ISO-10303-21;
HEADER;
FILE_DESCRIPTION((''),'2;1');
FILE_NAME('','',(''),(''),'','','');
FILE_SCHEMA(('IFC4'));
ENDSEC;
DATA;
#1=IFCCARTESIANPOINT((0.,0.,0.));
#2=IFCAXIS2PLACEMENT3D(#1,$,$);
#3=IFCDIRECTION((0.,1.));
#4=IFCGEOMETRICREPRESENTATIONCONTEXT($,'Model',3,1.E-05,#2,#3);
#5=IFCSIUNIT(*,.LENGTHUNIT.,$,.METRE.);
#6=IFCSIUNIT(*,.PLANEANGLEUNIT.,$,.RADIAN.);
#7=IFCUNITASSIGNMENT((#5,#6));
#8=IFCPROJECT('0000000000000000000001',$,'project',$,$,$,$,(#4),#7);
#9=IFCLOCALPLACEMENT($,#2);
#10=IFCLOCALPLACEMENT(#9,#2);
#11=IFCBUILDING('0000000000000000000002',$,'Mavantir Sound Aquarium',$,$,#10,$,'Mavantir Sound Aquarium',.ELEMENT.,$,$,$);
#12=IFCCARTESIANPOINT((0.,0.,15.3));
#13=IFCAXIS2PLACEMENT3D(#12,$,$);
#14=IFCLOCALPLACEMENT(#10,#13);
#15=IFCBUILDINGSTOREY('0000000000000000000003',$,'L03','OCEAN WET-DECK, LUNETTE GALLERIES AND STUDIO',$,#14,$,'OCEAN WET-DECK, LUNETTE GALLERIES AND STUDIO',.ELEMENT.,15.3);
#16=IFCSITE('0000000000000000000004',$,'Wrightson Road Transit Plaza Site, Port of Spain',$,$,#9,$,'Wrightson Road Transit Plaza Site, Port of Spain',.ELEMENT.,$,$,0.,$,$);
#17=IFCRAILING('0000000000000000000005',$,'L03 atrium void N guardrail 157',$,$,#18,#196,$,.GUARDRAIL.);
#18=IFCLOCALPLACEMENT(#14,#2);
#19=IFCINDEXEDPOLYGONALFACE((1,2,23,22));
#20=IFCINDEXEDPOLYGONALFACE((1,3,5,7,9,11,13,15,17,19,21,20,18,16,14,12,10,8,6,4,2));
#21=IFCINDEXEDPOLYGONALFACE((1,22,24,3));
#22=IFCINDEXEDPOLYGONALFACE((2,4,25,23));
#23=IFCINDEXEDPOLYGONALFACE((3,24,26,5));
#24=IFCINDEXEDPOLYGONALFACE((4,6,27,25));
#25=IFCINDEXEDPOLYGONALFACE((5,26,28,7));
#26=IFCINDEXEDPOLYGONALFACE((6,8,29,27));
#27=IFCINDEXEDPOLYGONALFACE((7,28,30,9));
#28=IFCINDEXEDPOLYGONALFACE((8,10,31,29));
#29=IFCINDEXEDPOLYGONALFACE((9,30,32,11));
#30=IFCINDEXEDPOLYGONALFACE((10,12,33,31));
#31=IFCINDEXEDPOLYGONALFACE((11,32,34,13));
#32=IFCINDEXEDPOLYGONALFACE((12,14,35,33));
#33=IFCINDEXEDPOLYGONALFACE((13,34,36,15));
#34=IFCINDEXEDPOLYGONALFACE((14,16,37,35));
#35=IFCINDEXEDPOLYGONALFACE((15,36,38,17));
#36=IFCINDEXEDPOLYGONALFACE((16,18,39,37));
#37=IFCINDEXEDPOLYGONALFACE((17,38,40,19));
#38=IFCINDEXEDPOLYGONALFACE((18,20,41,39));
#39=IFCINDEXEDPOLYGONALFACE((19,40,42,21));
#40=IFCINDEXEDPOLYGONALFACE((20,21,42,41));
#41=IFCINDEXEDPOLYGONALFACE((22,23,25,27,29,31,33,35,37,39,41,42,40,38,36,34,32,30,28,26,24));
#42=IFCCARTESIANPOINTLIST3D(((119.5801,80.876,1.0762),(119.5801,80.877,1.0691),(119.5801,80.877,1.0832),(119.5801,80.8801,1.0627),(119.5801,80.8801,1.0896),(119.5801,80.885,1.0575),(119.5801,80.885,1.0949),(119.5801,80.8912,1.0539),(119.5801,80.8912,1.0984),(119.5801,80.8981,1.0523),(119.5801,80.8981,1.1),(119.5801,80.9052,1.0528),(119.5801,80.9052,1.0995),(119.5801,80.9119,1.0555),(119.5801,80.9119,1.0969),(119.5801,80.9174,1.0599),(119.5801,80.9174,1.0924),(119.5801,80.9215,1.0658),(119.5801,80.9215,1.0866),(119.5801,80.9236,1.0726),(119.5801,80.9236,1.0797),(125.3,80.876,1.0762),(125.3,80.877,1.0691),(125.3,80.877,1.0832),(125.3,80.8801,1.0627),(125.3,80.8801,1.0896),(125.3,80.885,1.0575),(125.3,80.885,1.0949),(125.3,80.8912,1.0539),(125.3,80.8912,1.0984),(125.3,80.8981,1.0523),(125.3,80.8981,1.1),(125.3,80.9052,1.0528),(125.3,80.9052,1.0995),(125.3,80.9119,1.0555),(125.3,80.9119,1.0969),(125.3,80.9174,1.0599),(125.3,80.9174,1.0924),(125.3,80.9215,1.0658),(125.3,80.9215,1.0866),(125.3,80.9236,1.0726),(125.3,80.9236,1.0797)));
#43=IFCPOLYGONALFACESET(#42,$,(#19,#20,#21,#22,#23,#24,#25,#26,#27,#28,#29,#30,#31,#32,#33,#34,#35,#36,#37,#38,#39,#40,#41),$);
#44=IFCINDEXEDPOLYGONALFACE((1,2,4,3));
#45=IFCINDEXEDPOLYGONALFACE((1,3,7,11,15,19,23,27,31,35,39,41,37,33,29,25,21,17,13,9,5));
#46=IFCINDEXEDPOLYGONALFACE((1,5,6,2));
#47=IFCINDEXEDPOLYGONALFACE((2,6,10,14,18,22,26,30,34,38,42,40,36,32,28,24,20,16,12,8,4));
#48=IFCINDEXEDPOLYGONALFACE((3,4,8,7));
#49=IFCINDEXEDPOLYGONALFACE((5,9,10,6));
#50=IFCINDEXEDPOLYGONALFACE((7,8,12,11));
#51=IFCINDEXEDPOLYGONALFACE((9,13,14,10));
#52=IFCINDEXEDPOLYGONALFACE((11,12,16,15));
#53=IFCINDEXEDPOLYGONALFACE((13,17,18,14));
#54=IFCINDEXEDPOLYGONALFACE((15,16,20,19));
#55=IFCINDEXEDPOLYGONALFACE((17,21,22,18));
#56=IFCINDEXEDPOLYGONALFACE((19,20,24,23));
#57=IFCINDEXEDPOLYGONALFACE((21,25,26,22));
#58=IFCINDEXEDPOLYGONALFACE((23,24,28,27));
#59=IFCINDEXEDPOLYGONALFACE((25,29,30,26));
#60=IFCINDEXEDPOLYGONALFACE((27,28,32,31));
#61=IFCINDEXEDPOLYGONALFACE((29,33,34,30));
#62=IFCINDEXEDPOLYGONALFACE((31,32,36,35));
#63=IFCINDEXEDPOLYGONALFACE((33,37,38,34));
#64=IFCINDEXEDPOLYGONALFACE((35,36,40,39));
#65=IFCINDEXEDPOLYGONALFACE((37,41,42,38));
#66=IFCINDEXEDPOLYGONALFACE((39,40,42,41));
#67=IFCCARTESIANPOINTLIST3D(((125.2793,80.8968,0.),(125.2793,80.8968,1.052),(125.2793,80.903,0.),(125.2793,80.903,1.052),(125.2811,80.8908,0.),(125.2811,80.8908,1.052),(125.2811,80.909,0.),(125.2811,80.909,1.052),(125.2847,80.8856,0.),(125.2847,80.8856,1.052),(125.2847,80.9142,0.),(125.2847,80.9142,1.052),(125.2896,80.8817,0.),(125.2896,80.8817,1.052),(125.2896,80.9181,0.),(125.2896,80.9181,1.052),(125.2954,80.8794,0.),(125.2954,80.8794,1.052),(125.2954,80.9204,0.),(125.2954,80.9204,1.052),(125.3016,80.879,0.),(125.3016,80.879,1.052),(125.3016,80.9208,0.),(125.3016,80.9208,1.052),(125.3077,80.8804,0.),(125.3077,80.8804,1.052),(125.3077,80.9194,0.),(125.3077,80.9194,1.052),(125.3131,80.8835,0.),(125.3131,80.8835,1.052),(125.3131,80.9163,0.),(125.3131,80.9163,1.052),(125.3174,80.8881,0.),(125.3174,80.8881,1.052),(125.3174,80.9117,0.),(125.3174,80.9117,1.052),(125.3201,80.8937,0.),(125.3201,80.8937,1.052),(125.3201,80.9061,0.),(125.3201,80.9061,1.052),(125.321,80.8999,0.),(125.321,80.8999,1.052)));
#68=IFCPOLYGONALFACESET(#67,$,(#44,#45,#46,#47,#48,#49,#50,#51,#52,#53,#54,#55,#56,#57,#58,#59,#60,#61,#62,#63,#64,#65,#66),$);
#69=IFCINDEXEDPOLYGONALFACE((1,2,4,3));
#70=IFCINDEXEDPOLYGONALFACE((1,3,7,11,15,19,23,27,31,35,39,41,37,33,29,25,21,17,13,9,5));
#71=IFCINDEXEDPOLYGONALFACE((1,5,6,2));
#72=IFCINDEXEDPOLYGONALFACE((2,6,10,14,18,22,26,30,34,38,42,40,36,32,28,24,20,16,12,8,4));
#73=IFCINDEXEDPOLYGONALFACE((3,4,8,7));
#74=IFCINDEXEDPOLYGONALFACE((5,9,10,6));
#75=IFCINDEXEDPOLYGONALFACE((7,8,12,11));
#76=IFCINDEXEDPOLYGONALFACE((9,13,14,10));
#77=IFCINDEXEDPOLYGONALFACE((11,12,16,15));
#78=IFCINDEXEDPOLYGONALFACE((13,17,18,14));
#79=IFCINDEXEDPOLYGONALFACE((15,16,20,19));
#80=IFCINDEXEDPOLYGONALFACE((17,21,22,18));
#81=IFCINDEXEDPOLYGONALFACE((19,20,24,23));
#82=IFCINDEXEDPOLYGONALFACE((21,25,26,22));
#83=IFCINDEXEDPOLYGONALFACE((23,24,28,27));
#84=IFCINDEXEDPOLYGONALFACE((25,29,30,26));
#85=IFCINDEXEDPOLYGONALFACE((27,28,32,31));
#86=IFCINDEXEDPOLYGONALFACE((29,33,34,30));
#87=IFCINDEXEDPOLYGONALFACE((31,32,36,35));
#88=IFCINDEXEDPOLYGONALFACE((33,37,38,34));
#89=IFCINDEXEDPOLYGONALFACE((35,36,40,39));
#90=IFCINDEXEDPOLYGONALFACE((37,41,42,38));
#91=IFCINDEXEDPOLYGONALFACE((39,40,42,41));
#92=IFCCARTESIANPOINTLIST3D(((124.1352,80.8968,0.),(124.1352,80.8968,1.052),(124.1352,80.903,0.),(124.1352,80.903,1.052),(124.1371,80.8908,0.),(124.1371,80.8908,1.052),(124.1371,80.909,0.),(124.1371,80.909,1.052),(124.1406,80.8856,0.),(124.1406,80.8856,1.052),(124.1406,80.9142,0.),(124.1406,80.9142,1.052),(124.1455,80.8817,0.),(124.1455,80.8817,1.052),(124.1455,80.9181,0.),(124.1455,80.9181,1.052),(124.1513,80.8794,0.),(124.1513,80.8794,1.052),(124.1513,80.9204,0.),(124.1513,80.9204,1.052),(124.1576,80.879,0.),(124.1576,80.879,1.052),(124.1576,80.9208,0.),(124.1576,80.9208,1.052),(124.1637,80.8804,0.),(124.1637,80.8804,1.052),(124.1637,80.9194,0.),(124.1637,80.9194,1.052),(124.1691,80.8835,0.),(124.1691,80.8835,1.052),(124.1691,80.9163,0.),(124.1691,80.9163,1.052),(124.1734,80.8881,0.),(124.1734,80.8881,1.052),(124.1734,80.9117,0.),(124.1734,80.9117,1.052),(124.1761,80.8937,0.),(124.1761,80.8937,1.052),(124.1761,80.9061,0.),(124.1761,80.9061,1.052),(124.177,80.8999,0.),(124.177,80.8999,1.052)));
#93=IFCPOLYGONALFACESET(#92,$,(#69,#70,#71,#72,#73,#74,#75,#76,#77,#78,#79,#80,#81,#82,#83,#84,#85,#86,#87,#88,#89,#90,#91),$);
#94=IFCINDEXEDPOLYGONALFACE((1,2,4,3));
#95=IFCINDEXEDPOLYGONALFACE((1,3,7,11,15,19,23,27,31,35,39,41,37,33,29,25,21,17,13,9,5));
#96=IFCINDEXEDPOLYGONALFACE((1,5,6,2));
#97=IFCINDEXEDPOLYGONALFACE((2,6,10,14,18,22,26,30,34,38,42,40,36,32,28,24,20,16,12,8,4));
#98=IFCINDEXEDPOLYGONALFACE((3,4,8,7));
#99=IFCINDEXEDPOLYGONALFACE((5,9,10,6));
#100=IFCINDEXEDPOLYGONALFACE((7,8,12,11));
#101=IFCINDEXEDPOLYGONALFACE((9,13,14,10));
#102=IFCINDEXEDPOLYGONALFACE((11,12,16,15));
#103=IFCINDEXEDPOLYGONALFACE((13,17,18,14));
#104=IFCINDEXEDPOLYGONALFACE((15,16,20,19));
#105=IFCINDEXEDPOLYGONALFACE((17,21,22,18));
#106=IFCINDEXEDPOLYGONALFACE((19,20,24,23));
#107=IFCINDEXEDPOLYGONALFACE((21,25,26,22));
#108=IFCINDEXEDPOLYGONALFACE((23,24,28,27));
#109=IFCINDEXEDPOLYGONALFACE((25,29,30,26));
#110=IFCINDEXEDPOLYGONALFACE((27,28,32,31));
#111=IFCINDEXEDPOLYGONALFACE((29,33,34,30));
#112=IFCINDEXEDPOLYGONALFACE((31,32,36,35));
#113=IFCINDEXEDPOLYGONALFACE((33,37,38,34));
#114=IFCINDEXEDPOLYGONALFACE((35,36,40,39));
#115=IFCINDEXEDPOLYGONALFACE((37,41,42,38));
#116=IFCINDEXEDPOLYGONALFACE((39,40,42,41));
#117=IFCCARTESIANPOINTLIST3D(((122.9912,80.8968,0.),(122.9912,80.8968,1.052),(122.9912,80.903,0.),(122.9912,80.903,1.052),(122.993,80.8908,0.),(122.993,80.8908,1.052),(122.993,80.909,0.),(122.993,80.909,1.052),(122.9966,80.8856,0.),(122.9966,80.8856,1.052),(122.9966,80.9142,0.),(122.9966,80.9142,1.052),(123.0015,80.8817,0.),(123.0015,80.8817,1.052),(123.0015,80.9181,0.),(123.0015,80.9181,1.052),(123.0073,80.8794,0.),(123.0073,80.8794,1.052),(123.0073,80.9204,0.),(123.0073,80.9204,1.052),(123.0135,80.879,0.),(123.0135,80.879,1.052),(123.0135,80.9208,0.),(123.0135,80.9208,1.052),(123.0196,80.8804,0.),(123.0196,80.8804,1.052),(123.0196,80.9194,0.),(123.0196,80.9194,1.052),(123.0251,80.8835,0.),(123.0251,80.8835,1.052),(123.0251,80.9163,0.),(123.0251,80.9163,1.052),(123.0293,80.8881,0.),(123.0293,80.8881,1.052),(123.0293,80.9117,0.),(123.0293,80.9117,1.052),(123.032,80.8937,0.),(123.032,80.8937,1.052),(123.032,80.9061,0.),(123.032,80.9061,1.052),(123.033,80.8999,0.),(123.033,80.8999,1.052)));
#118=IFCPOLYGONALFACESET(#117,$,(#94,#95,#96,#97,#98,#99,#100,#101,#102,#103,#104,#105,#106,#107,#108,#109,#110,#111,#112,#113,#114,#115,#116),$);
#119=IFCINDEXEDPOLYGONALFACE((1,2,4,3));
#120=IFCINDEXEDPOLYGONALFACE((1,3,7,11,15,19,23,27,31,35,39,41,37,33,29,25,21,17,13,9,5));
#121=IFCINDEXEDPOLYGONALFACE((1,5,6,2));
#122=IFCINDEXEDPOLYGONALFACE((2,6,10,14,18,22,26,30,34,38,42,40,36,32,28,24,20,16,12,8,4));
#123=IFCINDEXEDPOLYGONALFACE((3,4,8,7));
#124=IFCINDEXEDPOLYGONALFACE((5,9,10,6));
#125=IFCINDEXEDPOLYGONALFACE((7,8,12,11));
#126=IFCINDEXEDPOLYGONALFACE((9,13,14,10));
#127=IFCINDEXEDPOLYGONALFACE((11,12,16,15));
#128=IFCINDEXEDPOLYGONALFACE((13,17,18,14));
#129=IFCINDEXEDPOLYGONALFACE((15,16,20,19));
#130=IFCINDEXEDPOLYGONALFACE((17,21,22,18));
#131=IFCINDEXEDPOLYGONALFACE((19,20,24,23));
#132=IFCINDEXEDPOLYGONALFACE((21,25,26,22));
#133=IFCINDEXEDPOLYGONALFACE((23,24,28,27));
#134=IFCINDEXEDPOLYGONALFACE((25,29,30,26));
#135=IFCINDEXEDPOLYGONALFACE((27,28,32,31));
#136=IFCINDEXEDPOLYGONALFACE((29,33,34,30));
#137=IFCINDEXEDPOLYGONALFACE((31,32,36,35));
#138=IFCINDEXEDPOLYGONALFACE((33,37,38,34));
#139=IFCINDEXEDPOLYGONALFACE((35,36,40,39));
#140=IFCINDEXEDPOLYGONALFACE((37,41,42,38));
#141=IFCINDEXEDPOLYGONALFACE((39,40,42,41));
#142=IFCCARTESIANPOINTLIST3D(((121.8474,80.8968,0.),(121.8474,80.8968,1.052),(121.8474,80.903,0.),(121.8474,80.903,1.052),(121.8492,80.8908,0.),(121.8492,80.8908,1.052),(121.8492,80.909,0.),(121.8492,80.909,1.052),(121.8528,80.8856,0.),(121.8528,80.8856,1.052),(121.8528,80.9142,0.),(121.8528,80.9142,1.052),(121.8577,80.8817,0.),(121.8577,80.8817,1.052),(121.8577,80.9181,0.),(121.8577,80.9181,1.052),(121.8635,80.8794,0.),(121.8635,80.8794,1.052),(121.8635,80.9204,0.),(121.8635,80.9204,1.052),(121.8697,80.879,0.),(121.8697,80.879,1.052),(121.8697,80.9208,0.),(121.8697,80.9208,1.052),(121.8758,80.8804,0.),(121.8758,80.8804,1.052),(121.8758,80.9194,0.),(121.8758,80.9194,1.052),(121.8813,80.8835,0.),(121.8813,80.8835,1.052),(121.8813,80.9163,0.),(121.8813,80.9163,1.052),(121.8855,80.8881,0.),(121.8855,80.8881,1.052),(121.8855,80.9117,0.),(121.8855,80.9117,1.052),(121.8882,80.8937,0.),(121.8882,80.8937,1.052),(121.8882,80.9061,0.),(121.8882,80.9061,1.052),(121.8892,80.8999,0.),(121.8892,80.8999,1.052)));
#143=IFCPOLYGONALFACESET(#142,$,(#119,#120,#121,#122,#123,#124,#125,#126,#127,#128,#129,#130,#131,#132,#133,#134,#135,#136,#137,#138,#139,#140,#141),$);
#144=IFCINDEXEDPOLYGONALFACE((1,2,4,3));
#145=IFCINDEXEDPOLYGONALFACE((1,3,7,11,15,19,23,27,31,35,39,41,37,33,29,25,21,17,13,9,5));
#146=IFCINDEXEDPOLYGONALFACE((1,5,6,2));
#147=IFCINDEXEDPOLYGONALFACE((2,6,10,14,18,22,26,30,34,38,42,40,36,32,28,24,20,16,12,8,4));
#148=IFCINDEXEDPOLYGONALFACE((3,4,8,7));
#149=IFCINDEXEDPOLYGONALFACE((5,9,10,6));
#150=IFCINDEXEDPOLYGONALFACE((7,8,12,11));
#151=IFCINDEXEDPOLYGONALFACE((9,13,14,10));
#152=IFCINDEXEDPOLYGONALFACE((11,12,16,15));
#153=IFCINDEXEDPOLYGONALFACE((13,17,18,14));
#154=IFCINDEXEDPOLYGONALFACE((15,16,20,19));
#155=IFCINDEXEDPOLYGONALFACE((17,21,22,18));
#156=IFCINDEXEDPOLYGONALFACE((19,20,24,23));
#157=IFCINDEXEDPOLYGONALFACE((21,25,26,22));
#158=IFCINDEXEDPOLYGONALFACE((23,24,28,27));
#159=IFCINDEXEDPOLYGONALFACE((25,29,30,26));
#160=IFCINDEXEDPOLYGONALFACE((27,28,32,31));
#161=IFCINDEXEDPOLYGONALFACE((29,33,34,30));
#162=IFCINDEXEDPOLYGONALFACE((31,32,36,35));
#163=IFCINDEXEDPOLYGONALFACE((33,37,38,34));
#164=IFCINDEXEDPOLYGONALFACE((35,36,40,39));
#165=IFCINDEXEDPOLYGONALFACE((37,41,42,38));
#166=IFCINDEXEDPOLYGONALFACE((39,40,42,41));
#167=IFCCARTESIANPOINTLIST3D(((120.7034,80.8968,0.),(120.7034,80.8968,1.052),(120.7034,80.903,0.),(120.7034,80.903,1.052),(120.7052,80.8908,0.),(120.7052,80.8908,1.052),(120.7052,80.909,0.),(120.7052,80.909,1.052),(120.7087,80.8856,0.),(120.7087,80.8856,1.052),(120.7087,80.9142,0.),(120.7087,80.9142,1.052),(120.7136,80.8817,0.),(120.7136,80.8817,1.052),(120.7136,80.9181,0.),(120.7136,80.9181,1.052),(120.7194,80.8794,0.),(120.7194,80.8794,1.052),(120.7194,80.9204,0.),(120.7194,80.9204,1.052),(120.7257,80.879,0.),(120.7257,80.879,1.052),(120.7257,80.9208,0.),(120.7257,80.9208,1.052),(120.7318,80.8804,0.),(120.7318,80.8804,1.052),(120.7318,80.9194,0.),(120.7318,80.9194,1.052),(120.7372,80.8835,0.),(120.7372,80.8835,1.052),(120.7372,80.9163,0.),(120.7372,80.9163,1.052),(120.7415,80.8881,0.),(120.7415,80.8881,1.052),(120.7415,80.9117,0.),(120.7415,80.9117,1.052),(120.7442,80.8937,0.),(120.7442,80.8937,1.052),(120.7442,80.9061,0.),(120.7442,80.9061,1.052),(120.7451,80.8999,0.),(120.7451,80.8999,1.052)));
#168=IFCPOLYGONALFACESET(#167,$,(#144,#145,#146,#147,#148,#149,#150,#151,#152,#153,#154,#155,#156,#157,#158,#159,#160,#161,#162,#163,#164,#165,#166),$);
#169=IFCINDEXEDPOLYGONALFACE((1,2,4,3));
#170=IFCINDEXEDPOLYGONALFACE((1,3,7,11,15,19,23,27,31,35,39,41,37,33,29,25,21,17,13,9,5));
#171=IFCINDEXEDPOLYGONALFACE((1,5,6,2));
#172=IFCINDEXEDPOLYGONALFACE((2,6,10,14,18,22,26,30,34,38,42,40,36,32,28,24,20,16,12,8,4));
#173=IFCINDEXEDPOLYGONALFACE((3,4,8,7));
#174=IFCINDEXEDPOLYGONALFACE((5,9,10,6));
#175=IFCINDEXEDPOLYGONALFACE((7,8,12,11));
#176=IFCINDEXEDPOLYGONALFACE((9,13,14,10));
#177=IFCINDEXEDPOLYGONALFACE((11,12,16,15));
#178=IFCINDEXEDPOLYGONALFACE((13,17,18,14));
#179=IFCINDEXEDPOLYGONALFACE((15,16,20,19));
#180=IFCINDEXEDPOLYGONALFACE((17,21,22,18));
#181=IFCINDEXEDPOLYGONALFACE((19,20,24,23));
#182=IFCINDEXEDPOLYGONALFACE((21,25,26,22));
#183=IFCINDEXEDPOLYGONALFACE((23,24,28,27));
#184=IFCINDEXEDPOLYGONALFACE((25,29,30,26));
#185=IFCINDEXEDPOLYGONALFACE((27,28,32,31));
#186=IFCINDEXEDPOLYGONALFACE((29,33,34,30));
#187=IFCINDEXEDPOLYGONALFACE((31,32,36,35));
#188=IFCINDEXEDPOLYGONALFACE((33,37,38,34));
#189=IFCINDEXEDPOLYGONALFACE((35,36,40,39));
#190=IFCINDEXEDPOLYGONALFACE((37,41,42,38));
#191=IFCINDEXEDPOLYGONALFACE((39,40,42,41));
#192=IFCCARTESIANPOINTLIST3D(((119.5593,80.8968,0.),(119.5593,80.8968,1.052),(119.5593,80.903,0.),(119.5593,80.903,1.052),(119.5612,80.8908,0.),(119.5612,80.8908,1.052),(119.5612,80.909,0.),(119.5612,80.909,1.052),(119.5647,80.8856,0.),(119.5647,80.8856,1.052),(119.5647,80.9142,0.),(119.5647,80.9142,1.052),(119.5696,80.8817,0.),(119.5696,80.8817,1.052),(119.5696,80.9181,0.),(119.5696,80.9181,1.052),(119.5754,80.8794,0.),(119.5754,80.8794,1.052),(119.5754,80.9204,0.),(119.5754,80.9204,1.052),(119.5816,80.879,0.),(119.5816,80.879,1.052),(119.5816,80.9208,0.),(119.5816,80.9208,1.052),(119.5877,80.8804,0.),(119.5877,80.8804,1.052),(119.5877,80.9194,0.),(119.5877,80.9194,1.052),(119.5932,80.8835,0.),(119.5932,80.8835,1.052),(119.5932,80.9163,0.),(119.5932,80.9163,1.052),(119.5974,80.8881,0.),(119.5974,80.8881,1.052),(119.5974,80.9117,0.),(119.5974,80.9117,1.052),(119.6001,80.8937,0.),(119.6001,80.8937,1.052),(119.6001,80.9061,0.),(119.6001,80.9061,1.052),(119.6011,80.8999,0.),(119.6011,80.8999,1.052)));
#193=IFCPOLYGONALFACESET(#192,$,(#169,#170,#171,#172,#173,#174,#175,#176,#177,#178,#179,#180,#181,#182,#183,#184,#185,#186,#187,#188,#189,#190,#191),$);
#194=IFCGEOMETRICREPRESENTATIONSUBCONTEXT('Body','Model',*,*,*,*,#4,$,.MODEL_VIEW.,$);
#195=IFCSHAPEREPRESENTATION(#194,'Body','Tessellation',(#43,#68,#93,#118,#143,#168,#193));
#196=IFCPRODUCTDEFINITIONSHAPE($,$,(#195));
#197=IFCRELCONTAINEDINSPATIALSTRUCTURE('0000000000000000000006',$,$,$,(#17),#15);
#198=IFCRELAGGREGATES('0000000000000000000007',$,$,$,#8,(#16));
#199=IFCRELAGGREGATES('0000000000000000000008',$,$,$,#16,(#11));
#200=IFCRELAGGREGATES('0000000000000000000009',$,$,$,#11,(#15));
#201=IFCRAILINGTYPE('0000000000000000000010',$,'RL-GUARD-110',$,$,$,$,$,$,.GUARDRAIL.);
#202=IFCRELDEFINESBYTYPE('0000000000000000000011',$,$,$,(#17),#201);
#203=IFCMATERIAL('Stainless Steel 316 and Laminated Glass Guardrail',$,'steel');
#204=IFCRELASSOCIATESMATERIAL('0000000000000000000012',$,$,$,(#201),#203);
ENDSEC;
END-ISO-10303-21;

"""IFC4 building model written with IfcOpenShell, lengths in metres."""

from ifc_helpers import new_model, si_unit, direction, frame, origin, origin_2d, place, context, subcontext, project, spatial, circle, extrude, material, type_object, element, save


model = new_model("IFC4")

# Units and contexts
model_context = context("Model", 3, precision=1e-05, world=origin(), true_north=direction((0.0, 1.0)))
body_context = subcontext(model_context, "Body", "Model", "MODEL_VIEW")
ifc_project = project(units=[si_unit("LENGTHUNIT", "METRE"), si_unit("PLANEANGLEUNIT", "RADIAN")], contexts=[model_context])

# Site, building, storey
site_placement = place(None, origin())
site = spatial("IfcSite", under=ifc_project, at=site_placement, Name="Wrightson Road Transit Plaza Site, Port of Spain", LongName="Wrightson Road Transit Plaza Site, Port of Spain", CompositionType="ELEMENT", RefElevation=0.0)
building_placement = place(site_placement, origin())
building = spatial("IfcBuilding", under=site, at=building_placement, Name="Mavantir Sound Aquarium", LongName="Mavantir Sound Aquarium", CompositionType="ELEMENT")
storey_placement = place(building_placement, frame((0.0, 0.0, 15.3)))
storey = spatial("IfcBuildingStorey", under=building, at=storey_placement, Name="L03", Description="OCEAN WET-DECK, LUNETTE GALLERIES AND STUDIO", LongName="OCEAN WET-DECK, LUNETTE GALLERIES AND STUDIO", CompositionType="ELEMENT", Elevation=15.3)

# Railing
ifc_material_1 = material(Name="Stainless Steel 316 and Laminated Glass Guardrail", Category="steel")
railing_type = type_object("IfcRailingType", Name="RL-GUARD-110", PredefinedType="GUARDRAIL", material=ifc_material_1)
railing_1_placement = place(storey_placement, frame((125.3, 80.8999, 0.0)))
element("IfcRailing", 1, at=railing_1_placement, inside=storey, type_object=railing_type, Name="L03 atrium void N guardrail 157", PredefinedType="GUARDRAIL", context=body_context, shape_type="SweptSolid", body=[
    extrude(circle(Radius=0.0239, at=origin_2d()), frame((0.0, 0.0, 1.0762), z_axis=(-1.0, 0.0, 0.0), x_axis=(0.0, -1.0, 0.0)), (0.0, 0.0, 1.0), 5.72),
    extrude(circle(Radius=0.021, at=origin_2d()), origin(), (0.0, 0.0, 1.0), 1.052),
    extrude(circle(Radius=0.021, at=origin_2d()), frame((-1.144, 0.0, 0.0)), (0.0, 0.0, 1.0), 1.052),
    extrude(circle(Radius=0.021, at=origin_2d()), frame((-2.2881, 0.0, 0.0)), (0.0, 0.0, 1.0), 1.052),
    extrude(circle(Radius=0.021, at=origin_2d()), frame((-3.4319, 0.0, 0.0)), (0.0, 0.0, 1.0), 1.052),
    extrude(circle(Radius=0.021, at=origin_2d()), frame((-4.5759, 0.0, 0.0)), (0.0, 0.0, 1.0), 1.052),
    extrude(circle(Radius=0.021, at=origin_2d()), frame((-5.72, 0.0, 0.0)), (0.0, 0.0, 1.0), 1.052),
])

save(model, "model.ifc")
